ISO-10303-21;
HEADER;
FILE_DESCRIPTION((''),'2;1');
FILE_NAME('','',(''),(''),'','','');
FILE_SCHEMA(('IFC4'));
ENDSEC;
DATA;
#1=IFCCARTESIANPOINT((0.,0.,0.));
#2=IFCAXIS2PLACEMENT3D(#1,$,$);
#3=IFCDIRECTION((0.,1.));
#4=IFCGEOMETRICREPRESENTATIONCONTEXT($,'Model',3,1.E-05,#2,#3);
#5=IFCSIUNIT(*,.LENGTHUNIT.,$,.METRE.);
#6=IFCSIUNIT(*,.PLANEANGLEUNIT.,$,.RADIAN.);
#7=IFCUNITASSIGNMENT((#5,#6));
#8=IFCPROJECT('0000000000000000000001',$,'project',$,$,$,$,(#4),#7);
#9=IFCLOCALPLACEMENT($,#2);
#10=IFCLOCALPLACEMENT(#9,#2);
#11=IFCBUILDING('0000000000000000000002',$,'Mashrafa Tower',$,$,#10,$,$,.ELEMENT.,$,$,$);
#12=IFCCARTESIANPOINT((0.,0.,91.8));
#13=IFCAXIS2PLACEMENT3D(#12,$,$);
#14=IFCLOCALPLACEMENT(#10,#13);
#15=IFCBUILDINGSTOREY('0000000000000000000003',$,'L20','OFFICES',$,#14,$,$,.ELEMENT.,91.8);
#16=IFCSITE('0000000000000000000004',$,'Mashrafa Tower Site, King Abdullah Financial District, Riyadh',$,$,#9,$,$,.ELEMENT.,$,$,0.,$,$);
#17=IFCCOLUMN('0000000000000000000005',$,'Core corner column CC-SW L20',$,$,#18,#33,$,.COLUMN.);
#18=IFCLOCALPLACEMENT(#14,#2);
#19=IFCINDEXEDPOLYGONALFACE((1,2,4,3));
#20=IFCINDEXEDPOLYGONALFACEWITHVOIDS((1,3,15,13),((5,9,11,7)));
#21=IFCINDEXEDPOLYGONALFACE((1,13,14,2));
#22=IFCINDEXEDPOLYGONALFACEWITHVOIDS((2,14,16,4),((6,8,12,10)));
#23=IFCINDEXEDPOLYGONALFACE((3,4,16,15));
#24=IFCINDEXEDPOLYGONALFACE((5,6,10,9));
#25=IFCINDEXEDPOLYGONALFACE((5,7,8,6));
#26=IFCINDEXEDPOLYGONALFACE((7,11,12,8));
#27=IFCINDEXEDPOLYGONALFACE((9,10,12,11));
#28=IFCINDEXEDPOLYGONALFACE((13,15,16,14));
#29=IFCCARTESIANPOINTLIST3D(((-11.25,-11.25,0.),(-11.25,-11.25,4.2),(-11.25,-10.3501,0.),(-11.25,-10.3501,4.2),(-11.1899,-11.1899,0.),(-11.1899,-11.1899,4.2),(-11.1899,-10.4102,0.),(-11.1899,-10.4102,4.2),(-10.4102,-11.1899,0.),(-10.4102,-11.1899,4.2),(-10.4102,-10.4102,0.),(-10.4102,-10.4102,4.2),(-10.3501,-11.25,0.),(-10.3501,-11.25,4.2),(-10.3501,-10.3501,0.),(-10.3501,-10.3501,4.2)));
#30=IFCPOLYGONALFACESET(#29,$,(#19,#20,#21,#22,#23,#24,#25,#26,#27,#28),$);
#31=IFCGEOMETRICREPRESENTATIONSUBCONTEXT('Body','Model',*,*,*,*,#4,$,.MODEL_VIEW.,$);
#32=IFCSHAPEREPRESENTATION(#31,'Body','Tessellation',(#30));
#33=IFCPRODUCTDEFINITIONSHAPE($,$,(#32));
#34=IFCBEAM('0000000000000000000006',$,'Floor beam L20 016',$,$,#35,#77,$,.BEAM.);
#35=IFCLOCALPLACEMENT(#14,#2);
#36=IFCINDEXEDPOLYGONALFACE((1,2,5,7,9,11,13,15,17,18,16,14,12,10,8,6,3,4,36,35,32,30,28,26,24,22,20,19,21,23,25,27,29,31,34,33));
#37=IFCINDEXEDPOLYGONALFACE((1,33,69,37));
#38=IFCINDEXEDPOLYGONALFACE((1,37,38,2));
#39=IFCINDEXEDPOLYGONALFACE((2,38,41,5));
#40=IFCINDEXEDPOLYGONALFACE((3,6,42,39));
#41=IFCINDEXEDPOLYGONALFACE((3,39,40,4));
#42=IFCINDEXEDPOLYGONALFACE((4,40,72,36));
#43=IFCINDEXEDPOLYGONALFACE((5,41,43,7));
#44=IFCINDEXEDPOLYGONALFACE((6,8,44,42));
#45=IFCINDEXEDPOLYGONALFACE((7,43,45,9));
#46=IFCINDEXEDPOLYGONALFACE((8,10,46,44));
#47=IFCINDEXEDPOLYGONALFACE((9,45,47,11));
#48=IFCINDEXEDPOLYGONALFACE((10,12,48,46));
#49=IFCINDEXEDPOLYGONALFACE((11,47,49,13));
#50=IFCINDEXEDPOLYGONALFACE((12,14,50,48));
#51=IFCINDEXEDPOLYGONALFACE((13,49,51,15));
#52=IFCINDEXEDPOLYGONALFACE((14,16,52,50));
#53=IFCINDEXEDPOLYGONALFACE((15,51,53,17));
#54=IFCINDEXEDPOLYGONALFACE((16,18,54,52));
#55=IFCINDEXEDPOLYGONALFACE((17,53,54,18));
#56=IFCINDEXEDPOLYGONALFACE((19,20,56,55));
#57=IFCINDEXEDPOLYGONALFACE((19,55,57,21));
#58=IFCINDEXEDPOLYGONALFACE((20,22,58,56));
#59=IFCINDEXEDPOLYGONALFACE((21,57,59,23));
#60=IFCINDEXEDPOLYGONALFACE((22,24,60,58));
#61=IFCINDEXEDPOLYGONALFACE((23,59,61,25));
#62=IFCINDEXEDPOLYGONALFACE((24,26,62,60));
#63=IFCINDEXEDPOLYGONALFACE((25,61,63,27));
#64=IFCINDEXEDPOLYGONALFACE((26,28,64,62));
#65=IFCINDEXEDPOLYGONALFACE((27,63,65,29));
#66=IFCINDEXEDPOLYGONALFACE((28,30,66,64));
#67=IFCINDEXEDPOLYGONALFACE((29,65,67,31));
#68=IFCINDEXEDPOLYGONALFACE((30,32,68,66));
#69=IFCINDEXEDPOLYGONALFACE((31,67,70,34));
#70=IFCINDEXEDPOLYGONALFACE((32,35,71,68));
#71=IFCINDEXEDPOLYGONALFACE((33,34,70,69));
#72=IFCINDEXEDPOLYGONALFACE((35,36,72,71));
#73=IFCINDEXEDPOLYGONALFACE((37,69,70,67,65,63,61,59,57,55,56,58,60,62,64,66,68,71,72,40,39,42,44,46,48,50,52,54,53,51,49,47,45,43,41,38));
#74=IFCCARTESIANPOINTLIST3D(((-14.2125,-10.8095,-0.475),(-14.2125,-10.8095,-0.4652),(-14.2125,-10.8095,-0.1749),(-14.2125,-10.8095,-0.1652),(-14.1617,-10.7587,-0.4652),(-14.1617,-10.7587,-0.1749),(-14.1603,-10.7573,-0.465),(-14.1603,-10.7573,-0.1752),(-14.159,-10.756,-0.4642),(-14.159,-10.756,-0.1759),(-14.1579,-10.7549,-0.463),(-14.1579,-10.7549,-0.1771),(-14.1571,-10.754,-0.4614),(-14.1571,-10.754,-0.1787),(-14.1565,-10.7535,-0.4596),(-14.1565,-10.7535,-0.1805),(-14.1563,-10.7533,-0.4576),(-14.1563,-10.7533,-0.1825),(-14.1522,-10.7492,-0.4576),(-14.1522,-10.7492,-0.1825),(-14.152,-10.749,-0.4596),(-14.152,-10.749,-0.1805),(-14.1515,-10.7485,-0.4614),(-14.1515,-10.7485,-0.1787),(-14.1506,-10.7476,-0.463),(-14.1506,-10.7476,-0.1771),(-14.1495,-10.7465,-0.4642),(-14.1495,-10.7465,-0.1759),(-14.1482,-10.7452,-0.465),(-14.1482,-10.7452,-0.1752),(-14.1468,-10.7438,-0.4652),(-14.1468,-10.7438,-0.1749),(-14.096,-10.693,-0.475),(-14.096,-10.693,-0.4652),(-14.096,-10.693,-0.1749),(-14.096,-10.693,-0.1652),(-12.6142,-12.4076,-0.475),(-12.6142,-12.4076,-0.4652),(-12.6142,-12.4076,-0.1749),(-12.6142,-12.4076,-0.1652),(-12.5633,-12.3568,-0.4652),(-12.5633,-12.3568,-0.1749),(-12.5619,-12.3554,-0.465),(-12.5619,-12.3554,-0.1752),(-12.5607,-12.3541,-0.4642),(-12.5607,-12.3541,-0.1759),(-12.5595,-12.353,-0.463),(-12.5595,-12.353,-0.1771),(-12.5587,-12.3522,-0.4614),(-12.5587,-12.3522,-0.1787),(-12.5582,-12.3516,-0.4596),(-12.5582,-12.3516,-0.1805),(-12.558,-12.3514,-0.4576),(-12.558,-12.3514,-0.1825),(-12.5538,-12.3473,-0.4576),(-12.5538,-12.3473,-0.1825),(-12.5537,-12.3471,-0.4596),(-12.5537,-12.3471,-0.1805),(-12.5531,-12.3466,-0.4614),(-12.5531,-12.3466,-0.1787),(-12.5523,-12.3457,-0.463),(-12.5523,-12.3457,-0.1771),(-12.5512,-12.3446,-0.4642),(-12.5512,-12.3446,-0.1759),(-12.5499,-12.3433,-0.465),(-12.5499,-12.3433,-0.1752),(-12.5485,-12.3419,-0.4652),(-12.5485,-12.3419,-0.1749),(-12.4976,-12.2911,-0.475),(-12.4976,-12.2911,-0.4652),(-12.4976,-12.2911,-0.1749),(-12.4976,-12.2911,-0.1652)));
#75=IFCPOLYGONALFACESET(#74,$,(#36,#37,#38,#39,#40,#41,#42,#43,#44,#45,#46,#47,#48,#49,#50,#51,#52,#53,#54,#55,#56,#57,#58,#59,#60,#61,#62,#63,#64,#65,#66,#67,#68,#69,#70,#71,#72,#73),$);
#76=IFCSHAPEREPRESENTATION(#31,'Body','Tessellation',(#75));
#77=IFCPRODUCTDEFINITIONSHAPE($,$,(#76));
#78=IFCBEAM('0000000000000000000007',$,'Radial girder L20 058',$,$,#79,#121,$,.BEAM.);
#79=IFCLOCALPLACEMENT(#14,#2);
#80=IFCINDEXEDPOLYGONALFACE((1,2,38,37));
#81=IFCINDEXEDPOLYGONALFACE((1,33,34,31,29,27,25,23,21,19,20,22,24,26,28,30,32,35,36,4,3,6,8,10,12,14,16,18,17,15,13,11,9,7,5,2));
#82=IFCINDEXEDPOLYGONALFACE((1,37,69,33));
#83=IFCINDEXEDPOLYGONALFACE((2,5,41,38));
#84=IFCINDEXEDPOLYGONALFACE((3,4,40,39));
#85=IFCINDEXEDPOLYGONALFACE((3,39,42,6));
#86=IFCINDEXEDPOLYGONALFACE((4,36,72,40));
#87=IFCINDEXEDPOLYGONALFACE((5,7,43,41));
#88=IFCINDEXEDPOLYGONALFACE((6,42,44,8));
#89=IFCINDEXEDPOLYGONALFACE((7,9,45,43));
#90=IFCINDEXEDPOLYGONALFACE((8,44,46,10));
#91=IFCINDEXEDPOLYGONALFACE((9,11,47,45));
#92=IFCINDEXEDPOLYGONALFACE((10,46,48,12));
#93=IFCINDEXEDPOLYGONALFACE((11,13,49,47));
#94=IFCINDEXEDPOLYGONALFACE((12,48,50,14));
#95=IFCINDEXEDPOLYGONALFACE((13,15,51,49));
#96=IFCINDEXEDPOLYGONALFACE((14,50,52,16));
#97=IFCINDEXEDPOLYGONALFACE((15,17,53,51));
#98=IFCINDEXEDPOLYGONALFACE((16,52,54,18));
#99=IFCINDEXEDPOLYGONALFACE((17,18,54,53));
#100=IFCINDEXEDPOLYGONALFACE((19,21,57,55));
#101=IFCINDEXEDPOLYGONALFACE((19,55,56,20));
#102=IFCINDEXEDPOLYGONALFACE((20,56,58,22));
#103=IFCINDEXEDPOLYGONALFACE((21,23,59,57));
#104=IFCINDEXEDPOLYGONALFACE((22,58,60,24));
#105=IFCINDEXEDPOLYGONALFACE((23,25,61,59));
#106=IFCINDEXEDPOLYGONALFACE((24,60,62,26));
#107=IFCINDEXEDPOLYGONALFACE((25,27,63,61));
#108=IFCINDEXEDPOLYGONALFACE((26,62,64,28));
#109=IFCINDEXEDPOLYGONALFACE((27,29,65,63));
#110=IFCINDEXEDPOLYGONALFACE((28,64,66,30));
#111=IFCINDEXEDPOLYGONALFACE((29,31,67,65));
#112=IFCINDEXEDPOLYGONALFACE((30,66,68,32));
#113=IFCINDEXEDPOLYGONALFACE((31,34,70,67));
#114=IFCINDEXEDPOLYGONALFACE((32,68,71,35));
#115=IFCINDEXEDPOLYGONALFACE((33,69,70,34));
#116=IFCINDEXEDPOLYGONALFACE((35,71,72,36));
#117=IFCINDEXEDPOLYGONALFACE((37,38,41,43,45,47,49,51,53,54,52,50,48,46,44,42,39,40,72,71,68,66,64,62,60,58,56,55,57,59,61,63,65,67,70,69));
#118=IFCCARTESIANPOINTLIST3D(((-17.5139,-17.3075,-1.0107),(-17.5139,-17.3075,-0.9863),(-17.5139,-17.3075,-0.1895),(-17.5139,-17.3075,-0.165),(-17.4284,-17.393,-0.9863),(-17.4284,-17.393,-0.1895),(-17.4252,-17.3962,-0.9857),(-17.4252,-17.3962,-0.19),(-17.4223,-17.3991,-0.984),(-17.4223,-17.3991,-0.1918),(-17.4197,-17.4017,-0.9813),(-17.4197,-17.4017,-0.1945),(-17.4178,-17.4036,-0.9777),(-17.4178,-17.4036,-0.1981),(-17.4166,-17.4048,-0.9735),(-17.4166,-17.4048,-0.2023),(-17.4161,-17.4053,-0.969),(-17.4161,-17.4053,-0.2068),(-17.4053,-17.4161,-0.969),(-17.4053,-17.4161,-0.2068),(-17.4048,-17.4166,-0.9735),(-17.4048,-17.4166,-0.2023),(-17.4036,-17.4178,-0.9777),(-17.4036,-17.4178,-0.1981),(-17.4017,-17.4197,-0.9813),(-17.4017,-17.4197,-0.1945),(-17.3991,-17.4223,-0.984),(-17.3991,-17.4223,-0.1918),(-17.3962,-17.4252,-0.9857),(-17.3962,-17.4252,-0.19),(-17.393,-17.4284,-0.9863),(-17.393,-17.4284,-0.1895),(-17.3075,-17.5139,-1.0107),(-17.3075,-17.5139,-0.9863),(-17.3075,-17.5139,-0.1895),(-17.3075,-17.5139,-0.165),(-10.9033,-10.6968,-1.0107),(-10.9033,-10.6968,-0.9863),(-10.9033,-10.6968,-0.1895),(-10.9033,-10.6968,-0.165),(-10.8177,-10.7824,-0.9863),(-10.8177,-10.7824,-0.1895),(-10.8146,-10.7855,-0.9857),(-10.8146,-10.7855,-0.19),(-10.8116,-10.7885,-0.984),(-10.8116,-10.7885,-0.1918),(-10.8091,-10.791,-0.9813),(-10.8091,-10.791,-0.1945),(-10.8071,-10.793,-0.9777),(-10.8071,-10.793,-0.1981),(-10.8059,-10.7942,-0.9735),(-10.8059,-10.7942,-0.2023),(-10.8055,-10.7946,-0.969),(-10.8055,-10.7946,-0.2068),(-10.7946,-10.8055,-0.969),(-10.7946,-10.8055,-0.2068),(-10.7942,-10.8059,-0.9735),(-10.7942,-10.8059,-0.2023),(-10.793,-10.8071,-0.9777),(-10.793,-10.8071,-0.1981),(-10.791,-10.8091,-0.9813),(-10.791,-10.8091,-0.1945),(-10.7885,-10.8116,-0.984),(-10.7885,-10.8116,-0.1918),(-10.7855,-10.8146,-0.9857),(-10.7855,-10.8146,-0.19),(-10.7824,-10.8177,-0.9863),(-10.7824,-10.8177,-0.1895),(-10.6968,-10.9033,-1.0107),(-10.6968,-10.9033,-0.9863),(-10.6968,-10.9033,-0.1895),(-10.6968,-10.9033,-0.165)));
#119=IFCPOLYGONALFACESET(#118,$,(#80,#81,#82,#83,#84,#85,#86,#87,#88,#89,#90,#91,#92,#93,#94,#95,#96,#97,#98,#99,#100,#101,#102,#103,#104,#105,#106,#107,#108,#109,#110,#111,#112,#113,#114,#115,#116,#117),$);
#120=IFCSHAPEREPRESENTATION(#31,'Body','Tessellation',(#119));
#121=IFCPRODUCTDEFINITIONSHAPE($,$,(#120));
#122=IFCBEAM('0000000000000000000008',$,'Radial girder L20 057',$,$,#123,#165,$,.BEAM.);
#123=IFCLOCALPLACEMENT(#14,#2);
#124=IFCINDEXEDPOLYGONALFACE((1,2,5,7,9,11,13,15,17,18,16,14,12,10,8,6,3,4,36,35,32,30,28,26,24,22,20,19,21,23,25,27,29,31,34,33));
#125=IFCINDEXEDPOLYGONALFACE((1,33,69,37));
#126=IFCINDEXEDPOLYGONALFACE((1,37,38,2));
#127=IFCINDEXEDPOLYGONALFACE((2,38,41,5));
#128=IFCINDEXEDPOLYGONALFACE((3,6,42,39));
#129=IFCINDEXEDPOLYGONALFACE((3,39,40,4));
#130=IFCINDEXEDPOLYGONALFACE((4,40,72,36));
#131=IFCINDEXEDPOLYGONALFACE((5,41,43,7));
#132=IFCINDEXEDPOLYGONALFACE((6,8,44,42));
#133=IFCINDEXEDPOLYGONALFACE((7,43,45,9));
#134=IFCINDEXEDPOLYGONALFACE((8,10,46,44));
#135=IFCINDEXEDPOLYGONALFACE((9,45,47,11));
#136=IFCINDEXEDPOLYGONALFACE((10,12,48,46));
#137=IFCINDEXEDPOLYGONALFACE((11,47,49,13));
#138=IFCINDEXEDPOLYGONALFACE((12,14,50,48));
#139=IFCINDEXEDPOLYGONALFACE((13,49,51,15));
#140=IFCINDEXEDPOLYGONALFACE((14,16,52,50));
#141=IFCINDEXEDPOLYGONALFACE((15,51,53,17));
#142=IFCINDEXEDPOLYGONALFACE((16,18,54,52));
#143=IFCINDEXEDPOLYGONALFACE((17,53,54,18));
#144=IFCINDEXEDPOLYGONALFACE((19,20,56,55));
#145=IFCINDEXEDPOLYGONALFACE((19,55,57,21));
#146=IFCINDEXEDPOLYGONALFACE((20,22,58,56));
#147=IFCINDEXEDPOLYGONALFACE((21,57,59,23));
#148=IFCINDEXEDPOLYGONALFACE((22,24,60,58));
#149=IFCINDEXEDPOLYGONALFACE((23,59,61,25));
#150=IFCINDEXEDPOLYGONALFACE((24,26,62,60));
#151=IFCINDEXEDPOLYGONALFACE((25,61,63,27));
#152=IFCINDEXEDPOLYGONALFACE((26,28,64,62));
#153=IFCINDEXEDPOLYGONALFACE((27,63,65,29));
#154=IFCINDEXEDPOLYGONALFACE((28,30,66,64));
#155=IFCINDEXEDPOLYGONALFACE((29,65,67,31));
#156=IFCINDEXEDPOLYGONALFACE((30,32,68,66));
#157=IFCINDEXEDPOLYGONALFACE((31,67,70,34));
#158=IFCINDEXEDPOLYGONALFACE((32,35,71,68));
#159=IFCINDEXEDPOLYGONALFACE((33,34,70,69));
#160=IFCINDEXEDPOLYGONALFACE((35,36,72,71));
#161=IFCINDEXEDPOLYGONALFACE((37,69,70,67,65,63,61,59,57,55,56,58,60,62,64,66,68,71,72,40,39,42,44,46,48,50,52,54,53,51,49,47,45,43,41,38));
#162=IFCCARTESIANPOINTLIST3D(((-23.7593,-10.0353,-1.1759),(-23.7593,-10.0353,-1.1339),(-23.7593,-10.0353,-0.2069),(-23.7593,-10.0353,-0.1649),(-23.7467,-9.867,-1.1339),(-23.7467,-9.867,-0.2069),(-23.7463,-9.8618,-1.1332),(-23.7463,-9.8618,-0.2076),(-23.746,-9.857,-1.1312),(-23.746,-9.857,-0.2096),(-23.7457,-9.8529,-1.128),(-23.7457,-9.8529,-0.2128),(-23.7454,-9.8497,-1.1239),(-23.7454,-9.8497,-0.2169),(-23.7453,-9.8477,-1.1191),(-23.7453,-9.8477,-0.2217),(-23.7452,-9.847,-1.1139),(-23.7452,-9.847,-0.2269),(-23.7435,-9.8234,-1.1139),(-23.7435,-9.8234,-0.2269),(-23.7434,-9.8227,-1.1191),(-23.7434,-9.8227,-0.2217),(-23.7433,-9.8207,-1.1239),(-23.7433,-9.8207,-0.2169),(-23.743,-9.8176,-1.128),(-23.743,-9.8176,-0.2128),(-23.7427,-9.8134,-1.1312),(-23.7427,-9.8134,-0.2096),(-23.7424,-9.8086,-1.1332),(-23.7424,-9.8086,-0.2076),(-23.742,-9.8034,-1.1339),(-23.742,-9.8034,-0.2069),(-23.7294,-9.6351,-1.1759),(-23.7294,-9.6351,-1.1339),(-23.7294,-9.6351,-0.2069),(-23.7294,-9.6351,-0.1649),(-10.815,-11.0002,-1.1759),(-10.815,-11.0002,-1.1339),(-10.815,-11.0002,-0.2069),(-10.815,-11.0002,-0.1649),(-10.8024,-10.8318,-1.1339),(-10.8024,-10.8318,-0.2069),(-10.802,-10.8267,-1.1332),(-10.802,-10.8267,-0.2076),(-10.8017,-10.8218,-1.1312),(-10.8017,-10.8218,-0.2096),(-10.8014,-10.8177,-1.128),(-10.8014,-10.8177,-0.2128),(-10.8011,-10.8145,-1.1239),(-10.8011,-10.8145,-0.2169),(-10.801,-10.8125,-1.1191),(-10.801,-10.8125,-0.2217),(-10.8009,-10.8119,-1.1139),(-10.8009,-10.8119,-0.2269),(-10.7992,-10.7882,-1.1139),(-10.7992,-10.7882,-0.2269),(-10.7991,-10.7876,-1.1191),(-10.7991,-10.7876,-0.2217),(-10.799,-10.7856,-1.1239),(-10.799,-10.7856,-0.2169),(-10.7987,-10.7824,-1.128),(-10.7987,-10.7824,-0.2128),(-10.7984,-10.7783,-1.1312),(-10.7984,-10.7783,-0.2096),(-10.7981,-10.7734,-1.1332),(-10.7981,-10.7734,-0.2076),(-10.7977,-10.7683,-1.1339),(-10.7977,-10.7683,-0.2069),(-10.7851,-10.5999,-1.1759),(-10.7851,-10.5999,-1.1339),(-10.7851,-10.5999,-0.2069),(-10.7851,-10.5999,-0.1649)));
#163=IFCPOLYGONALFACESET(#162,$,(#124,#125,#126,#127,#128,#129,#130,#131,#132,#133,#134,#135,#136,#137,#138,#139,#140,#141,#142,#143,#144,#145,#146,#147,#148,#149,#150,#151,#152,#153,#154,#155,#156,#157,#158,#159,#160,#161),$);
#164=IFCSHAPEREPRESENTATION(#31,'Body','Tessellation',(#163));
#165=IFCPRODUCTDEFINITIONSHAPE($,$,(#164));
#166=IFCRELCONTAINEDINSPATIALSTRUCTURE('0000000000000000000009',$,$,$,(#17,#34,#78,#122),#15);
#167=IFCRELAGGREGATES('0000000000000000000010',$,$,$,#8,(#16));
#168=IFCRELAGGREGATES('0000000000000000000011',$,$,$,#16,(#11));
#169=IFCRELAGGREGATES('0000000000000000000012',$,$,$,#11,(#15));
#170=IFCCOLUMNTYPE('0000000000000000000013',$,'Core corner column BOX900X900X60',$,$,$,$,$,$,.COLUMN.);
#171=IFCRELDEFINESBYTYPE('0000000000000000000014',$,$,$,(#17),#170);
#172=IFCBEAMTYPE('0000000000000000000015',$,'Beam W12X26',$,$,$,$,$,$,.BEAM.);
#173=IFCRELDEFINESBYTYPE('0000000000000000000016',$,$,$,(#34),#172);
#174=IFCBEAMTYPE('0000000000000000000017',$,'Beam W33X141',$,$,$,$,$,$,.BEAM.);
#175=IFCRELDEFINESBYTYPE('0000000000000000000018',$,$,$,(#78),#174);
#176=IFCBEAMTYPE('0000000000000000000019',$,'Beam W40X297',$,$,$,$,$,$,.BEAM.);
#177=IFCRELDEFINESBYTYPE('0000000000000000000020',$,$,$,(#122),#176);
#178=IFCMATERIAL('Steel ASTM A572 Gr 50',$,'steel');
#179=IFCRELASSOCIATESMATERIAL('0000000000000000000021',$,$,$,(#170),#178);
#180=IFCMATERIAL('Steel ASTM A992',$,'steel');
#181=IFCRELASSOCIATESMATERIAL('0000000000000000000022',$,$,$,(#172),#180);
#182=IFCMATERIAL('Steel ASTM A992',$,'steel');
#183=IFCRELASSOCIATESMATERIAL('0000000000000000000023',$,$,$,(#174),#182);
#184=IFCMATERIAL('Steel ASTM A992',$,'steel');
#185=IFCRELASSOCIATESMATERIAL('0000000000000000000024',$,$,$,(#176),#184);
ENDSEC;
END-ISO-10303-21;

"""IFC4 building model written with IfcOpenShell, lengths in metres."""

from ifc_helpers import new_model, si_unit, direction, frame, origin, origin_2d, place, context, subcontext, project, spatial, hollow_rectangle, i_section, extrude, material, material_profile, profile_set, type_object, element, save


model = new_model("IFC4")

# Units and contexts
model_context = context("Model", 3, precision=1e-05, world=origin(), true_north=direction((0.0, 1.0)))
body_context = subcontext(model_context, "Body", "Model", "MODEL_VIEW")
ifc_project = project(units=[si_unit("LENGTHUNIT", "METRE"), si_unit("PLANEANGLEUNIT", "RADIAN")], contexts=[model_context])

# Site, building, storey
site_placement = place(None, origin())
site = spatial("IfcSite", under=ifc_project, at=site_placement, Name="Mashrafa Tower Site, King Abdullah Financial District, Riyadh", CompositionType="ELEMENT", RefElevation=0.0)
building_placement = place(site_placement, origin())
building = spatial("IfcBuilding", under=site, at=building_placement, Name="Mashrafa Tower", CompositionType="ELEMENT")
storey_placement = place(building_placement, frame((0.0, 0.0, 91.8)))
storey = spatial("IfcBuildingStorey", under=building, at=storey_placement, Name="L20", Description="OFFICES", CompositionType="ELEMENT", Elevation=91.8)

# Column
ifc_material_1 = material(Name="Steel ASTM A572 Gr 50", Category="steel")
ifc_material_profile_1 = material_profile(ifc_material_1, hollow_rectangle(XDim=0.8999, YDim=0.8999, WallThickness=0.0601, at=origin_2d()), Name="BOX900X900X60")
ifc_profile_set_1 = profile_set([ifc_material_profile_1], Name="Steel ASTM A572 Gr 50")
column_type = type_object("IfcColumnType", Name="Core corner column BOX900X900X60", PredefinedType="COLUMN", material=ifc_profile_set_1)
column_placement = place(storey_placement, frame((-10.8, -10.8, 0.0), z_axis=(0.0, 0.0, 1.0), x_axis=(1.0, 0.0, 0.0)))
element("IfcColumn", 1, at=column_placement, inside=storey, type_object=column_type, Name="Core corner column CC-SW L20", PredefinedType="COLUMN", context=body_context, shape_type="SweptSolid", body=[
    extrude(hollow_rectangle(XDim=0.8999, YDim=0.8999, WallThickness=0.0601, at=origin_2d()), origin(), (0.0, 0.0, 1.0), 4.2),
])

# Beams
ifc_material_2 = material(Name="Steel ASTM A992", Category="steel")
ifc_material_profile_2 = material_profile(ifc_material_2, i_section(OverallWidth=0.1648, OverallDepth=0.3098, WebThickness=0.0059, FlangeThickness=0.0098, FilletRadius=0.0076, at=origin_2d()), Name="W12X26")
ifc_profile_set_2 = profile_set([ifc_material_profile_2], Name="Steel ASTM A992")
beam_type_1 = type_object("IfcBeamType", Name="Beam W12X26", PredefinedType="BEAM", material=ifc_profile_set_2)
beam_1_placement = place(storey_placement, frame((-12.5559, -12.3494, -0.3201), z_axis=(-0.707161, 0.707053, 0.0), x_axis=(-0.707053, -0.707161, 0.0)))
element("IfcBeam", 2, at=beam_1_placement, inside=storey, type_object=beam_type_1, Name="Floor beam L20 016", PredefinedType="BEAM", context=body_context, shape_type="SweptSolid", body=[
    extrude(i_section(OverallWidth=0.1648, OverallDepth=0.3098, WebThickness=0.0059, FlangeThickness=0.0098, FilletRadius=0.0076, at=origin_2d()), origin(), (0.0, 0.0, 1.0), 2.2603),
])
ifc_material_3 = material(Name="Steel ASTM A992", Category="steel")
ifc_material_profile_3 = material_profile(ifc_material_3, i_section(OverallWidth=0.292, OverallDepth=0.8457, WebThickness=0.0154, FlangeThickness=0.0244, FilletRadius=0.0173, at=origin_2d()), Name="W33X141")
ifc_profile_set_3 = profile_set([ifc_material_profile_3], Name="Steel ASTM A992")
beam_type_2 = type_object("IfcBeamType", Name="Beam W33X141", PredefinedType="BEAM", material=ifc_profile_set_3)
beam_2_placement = place(storey_placement, frame((-10.8, -10.8, -0.5879), z_axis=(-0.707107, -0.707107, 0.0), x_axis=(0.707107, -0.707107, 0.0)))
element("IfcBeam", 3, at=beam_2_placement, inside=storey, type_object=beam_type_2, Name="Radial girder L20 058", PredefinedType="BEAM", context=body_context, shape_type="SweptSolid", body=[
    extrude(i_section(OverallWidth=0.292, OverallDepth=0.8457, WebThickness=0.0154, FlangeThickness=0.0244, FilletRadius=0.0173, at=origin_2d()), origin(), (0.0, 0.0, 1.0), 9.3489),
])
ifc_material_4 = material(Name="Steel ASTM A992", Category="steel")
ifc_material_profile_4 = material_profile(ifc_material_4, i_section(OverallWidth=0.4014, OverallDepth=1.011, WebThickness=0.0237, FlangeThickness=0.042, FilletRadius=0.02, at=origin_2d()), Name="W40X297")
ifc_profile_set_4 = profile_set([ifc_material_profile_4], Name="Steel ASTM A992")
beam_type_3 = type_object("IfcBeamType", Name="Beam W40X297", PredefinedType="BEAM", material=ifc_profile_set_4)
for number, where, z_axis, x_axis, name in (
    (4, (-10.8, -10.8, -0.6704), (-0.997234, 0.074332, 0.0), (-0.074332, -0.997234, 0.0), "Radial girder L20 057"),
):
    element("IfcBeam", number, at=place(storey_placement, frame(where, z_axis=z_axis, x_axis=x_axis)), inside=storey, type_object=beam_type_3, Name=name, PredefinedType="BEAM", context=body_context, shape_type="SweptSolid", body=[
        extrude(i_section(OverallWidth=0.4014, OverallDepth=1.011, WebThickness=0.0237, FlangeThickness=0.042, FilletRadius=0.02, at=origin_2d()), origin(), (0.0, 0.0, 1.0), 12.9802),
    ])

save(model, "model.ifc")
